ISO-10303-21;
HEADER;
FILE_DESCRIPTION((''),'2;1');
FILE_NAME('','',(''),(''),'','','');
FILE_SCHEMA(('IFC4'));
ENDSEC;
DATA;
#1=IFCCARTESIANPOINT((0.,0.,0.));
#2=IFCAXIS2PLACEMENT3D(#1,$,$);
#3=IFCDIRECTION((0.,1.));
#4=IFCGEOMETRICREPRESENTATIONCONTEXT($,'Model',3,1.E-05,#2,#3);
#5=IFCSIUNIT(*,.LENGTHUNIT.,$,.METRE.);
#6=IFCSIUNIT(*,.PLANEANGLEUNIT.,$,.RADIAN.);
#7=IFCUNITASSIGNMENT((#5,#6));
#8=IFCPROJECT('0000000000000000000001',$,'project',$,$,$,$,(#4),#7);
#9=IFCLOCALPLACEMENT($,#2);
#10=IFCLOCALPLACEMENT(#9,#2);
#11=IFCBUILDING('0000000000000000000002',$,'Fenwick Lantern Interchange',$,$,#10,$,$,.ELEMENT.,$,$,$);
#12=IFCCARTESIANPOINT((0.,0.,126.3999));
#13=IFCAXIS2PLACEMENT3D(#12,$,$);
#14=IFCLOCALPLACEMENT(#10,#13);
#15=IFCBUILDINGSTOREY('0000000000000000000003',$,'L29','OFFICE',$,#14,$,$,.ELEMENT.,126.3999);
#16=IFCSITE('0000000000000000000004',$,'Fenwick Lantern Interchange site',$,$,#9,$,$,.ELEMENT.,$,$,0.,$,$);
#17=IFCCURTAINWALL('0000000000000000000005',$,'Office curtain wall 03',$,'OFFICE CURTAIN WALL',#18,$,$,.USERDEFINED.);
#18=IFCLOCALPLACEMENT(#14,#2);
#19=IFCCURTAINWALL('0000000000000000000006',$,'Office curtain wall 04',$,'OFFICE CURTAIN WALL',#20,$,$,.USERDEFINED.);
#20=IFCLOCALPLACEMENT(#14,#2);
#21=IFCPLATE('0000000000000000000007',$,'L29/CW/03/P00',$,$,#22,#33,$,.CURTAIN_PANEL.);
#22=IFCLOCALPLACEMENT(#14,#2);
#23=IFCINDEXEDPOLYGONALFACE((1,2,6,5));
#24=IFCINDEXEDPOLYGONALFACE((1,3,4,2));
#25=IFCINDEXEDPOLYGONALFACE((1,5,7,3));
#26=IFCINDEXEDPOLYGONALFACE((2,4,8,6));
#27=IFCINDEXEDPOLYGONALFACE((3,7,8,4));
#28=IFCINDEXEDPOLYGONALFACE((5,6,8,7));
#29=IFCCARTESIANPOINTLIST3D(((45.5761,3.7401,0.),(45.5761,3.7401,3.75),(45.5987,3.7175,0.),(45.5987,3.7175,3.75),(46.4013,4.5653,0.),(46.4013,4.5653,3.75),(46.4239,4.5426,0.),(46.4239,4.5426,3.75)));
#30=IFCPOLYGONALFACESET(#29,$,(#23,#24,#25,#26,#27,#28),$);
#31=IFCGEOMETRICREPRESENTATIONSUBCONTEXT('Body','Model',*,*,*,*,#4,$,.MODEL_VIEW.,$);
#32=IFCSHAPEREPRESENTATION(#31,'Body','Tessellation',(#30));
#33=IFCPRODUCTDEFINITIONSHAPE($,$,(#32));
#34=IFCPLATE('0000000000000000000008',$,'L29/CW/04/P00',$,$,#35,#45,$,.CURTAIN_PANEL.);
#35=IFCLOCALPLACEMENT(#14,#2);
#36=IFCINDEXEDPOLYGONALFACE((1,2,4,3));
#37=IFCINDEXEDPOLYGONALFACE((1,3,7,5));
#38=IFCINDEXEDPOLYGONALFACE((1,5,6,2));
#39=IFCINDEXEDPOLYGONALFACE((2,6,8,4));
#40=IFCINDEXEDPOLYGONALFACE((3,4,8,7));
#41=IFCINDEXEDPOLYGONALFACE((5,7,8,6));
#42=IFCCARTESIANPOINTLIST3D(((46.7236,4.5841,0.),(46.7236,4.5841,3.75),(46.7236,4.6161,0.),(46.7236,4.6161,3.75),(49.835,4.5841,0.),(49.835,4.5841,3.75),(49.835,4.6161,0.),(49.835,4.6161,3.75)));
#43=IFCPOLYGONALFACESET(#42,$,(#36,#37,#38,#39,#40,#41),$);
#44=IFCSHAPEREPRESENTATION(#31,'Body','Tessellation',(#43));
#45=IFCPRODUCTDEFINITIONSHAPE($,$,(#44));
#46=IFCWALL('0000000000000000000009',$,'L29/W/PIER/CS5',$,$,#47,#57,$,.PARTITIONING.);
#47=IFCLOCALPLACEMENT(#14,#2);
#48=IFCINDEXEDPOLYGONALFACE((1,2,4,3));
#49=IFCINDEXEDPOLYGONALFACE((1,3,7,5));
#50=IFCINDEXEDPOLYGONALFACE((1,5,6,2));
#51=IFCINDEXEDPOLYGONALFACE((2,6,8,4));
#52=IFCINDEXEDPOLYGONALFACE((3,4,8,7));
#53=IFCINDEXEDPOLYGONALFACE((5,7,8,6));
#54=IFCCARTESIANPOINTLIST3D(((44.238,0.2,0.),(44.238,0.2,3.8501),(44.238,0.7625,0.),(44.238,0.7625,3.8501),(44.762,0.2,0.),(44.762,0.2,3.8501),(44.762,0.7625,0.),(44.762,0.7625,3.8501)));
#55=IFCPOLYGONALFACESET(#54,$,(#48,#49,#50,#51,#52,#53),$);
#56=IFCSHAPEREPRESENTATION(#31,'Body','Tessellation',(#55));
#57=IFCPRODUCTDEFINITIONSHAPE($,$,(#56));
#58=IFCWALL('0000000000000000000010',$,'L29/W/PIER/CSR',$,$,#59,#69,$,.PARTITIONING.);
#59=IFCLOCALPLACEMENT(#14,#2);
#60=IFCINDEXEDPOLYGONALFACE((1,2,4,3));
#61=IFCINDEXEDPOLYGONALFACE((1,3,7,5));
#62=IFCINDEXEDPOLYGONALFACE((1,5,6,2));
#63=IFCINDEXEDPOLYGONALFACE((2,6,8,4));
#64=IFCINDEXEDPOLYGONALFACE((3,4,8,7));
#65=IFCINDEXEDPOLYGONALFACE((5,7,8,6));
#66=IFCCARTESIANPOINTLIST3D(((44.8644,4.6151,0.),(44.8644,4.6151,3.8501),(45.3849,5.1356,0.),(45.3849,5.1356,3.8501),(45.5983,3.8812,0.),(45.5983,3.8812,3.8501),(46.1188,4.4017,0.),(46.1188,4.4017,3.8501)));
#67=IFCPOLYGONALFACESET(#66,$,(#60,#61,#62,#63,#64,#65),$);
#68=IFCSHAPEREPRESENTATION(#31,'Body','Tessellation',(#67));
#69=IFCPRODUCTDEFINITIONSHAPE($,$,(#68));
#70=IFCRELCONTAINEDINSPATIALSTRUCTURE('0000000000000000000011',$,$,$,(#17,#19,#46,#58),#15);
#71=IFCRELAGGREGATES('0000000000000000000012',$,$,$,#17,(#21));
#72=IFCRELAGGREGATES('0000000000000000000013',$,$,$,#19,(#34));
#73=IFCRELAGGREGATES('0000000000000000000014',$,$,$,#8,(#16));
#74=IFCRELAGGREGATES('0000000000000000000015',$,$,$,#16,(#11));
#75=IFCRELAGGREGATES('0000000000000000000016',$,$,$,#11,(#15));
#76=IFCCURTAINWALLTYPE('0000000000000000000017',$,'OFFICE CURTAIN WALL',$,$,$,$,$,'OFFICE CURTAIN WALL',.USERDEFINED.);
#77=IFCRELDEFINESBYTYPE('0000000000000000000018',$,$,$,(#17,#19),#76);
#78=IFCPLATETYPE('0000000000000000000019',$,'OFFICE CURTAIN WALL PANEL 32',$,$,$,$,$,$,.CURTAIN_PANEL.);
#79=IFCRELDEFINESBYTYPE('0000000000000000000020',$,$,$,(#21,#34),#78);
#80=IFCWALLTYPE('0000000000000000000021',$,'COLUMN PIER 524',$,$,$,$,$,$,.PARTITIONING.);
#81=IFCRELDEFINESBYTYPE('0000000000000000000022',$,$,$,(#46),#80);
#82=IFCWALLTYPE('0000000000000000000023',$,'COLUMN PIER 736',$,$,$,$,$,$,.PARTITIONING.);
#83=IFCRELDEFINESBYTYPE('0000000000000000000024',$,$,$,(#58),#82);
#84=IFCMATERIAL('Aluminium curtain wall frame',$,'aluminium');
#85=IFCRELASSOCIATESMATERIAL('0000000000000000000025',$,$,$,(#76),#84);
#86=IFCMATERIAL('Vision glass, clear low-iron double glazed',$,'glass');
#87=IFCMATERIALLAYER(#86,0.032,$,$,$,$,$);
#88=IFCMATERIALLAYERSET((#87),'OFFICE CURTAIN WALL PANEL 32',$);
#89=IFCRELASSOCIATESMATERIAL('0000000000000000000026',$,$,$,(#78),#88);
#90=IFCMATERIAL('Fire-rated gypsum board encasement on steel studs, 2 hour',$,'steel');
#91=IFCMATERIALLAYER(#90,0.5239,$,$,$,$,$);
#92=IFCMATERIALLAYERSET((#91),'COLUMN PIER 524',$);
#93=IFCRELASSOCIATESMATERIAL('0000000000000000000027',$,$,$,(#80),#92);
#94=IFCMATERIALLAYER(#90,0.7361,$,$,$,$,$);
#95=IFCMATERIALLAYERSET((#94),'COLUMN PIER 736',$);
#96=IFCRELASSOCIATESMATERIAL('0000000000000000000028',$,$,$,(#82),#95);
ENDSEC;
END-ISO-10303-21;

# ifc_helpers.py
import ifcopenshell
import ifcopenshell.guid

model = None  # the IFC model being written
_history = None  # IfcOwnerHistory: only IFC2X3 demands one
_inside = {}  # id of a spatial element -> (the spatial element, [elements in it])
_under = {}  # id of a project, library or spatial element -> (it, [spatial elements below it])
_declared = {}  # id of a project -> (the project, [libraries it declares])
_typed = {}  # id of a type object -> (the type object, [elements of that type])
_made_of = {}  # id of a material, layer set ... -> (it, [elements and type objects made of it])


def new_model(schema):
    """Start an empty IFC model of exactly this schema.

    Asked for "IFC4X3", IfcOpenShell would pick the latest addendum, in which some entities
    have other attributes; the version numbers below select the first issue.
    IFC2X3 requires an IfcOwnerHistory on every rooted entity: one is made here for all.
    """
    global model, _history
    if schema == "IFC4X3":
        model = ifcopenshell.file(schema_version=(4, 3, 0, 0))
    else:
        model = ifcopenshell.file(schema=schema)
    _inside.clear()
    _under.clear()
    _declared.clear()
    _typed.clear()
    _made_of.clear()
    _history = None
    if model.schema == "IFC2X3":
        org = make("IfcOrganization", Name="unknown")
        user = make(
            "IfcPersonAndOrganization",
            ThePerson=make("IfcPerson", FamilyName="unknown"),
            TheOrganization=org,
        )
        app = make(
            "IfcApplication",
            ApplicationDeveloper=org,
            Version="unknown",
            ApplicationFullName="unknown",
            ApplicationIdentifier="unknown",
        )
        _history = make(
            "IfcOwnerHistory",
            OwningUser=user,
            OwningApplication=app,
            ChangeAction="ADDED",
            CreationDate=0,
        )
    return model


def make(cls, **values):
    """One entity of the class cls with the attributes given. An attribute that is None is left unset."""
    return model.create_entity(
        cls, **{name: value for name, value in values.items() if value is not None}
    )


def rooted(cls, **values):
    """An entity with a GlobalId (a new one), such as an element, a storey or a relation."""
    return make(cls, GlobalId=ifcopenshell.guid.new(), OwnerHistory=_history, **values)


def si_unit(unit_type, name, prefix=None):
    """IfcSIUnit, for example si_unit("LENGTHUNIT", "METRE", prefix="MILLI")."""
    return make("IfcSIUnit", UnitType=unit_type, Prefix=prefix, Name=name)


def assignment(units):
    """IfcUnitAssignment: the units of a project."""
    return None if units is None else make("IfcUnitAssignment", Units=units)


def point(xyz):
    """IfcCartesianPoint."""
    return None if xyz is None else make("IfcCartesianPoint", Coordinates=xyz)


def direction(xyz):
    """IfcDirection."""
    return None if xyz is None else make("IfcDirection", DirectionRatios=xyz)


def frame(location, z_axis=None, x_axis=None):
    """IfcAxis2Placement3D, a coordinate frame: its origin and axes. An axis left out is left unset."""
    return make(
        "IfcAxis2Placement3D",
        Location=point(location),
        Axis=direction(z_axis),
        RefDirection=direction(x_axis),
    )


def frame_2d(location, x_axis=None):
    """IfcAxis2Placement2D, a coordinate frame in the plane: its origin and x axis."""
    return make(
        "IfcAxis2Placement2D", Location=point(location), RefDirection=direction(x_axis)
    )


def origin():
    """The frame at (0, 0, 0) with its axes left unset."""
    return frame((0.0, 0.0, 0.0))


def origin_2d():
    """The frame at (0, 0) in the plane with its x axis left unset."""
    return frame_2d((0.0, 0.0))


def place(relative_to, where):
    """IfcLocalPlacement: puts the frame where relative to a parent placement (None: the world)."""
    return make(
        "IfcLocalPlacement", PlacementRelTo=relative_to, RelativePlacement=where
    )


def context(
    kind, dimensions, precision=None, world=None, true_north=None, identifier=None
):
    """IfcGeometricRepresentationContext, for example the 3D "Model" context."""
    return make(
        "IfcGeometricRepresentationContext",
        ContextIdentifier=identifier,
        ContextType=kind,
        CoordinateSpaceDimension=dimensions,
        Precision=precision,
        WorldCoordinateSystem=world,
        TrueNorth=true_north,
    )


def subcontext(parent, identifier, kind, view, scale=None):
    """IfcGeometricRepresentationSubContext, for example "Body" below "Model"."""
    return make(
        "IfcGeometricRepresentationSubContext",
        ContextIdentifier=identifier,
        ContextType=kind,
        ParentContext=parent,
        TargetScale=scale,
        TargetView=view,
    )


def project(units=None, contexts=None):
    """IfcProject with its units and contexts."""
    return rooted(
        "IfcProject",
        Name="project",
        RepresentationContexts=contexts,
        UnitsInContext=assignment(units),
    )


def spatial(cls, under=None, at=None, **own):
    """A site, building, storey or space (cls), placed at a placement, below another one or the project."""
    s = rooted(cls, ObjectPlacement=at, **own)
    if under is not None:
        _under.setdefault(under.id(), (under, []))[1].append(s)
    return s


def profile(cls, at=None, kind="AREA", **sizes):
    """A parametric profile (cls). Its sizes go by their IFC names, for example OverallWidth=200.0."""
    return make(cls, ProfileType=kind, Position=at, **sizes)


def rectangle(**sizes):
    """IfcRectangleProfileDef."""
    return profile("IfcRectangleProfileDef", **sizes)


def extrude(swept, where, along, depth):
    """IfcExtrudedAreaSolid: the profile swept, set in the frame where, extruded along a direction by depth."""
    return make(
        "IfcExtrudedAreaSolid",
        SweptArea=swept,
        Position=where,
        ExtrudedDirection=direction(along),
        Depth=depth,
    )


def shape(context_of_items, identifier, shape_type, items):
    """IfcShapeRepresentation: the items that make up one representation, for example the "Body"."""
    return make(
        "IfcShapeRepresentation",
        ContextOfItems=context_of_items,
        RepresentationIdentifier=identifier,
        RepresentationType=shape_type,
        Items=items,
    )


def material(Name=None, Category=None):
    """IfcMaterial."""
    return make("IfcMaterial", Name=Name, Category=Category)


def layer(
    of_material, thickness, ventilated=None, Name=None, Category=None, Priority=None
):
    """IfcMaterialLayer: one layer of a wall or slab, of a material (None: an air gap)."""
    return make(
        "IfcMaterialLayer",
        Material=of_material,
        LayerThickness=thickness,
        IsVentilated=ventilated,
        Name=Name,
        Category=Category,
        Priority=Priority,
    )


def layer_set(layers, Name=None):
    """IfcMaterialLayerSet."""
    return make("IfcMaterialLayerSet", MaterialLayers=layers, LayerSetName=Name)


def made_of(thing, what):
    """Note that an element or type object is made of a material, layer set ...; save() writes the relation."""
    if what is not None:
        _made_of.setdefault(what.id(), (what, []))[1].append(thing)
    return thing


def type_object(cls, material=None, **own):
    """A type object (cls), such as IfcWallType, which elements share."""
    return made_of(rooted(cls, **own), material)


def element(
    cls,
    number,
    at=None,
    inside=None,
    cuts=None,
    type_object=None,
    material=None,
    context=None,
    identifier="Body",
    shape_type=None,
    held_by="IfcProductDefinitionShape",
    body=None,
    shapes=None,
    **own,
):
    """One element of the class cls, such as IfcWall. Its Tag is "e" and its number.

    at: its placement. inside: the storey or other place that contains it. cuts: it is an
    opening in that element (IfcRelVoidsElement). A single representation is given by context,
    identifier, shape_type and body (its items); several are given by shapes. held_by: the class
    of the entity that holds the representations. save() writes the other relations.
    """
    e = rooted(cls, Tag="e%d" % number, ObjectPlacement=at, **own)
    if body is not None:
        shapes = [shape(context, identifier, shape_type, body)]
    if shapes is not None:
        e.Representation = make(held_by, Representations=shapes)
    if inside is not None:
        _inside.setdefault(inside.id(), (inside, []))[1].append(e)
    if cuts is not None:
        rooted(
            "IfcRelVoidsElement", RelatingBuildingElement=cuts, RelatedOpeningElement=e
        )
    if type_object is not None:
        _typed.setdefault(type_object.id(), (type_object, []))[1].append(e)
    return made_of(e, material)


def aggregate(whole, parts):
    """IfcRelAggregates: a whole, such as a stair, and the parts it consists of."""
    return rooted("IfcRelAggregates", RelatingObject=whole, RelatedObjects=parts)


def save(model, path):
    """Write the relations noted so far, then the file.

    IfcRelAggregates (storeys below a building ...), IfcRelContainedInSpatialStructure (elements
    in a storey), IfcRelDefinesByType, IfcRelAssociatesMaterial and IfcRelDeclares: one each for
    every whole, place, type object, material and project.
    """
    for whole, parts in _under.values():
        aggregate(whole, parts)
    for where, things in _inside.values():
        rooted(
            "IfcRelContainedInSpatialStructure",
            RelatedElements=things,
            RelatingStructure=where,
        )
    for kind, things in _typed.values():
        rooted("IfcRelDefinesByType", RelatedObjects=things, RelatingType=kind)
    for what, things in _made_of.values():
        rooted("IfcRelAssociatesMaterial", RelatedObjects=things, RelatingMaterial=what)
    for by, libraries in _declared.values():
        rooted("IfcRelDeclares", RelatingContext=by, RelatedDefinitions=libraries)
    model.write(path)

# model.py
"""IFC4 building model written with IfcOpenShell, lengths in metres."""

from ifc_helpers import new_model, si_unit, direction, frame, frame_2d, origin, origin_2d, place, context, subcontext, project, spatial, rectangle, extrude, material, layer, layer_set, type_object, element, aggregate, save


model = new_model("IFC4")

# Units and contexts
model_context = context("Model", 3, precision=1e-05, world=origin(), true_north=direction((0.0, 1.0)))
body_context = subcontext(model_context, "Body", "Model", "MODEL_VIEW")
ifc_project = project(units=[si_unit("LENGTHUNIT", "METRE"), si_unit("PLANEANGLEUNIT", "RADIAN")], contexts=[model_context])

# Site, building, storey
site_placement = place(None, origin())
site = spatial("IfcSite", under=ifc_project, at=site_placement, Name="Fenwick Lantern Interchange site", CompositionType="ELEMENT", RefElevation=0.0)
building_placement = place(site_placement, origin())
building = spatial("IfcBuilding", under=site, at=building_placement, Name="Fenwick Lantern Interchange", CompositionType="ELEMENT")
storey_placement = place(building_placement, frame((0.0, 0.0, 126.3999)))
storey = spatial("IfcBuildingStorey", under=building, at=storey_placement, Name="L29", Description="OFFICE", CompositionType="ELEMENT", Elevation=126.3999)

# Shared definitions
ifc_material_1 = material(Name="Aluminium curtain wall frame", Category="aluminium")
curtain_wall_type = type_object("IfcCurtainWallType", Name="OFFICE CURTAIN WALL", ElementType="OFFICE CURTAIN WALL", PredefinedType="USERDEFINED", material=ifc_material_1)

# Curtain walls
curtain_wall_1_placement = place(storey_placement, origin())
curtain_wall_1 = element("IfcCurtainWall", 1, at=curtain_wall_1_placement, inside=storey, type_object=curtain_wall_type, Name="Office curtain wall 03", ObjectType="OFFICE CURTAIN WALL", PredefinedType="USERDEFINED")
curtain_wall_2_placement = place(storey_placement, origin())
curtain_wall_2 = element("IfcCurtainWall", 2, at=curtain_wall_2_placement, inside=storey, type_object=curtain_wall_type, Name="Office curtain wall 04", ObjectType="OFFICE CURTAIN WALL", PredefinedType="USERDEFINED")

# Plates
ifc_material_2 = material(Name="Vision glass, clear low-iron double glazed", Category="glass")
ifc_layer_1 = layer(ifc_material_2, 0.032)
ifc_layer_set_1 = layer_set([ifc_layer_1], Name="OFFICE CURTAIN WALL PANEL 32")
plate_type = type_object("IfcPlateType", Name="OFFICE CURTAIN WALL PANEL 32", PredefinedType="CURTAIN_PANEL", material=ifc_layer_set_1)
plate_1_placement = place(storey_placement, frame((46.0, 4.1414, 0.0), z_axis=(0.0, 0.0, 1.0), x_axis=(0.707107, 0.707107, 0.0)))
plate_1 = element("IfcPlate", 3, at=plate_1_placement, type_object=plate_type, Name="L29/CW/03/P00", PredefinedType="CURTAIN_PANEL", context=body_context, shape_type="SweptSolid", body=[
    extrude(rectangle(XDim=1.167, YDim=0.032, at=origin_2d()), origin(), (0.0, 0.0, 1.0), 3.75),
])
aggregate(curtain_wall_1, [plate_1])
plate_2_placement = place(storey_placement, frame((48.2793, 4.6001, 0.0), z_axis=(0.0, 0.0, 1.0), x_axis=(1.0, 0.0, 0.0)))
plate_2 = element("IfcPlate", 4, at=plate_2_placement, type_object=plate_type, Name="L29/CW/04/P00", PredefinedType="CURTAIN_PANEL", context=body_context, shape_type="SweptSolid", body=[
    extrude(rectangle(XDim=3.1113, YDim=0.032, at=origin_2d()), origin(), (0.0, 0.0, 1.0), 3.75),
])
aggregate(curtain_wall_2, [plate_2])

# Walls
ifc_material_3 = material(Name="Fire-rated gypsum board encasement on steel studs, 2 hour", Category="steel")
ifc_layer_2 = layer(ifc_material_3, 0.5239)
ifc_layer_set_2 = layer_set([ifc_layer_2], Name="COLUMN PIER 524")
wall_type_1 = type_object("IfcWallType", Name="COLUMN PIER 524", PredefinedType="PARTITIONING", material=ifc_layer_set_2)
wall_1_placement = place(storey_placement, frame((44.5, 0.2, 0.0), z_axis=(0.0, 0.0, 1.0), x_axis=(0.0, 1.0, 0.0)))
element("IfcWall", 5, at=wall_1_placement, inside=storey, type_object=wall_type_1, Name="L29/W/PIER/CS5", PredefinedType="PARTITIONING", context=body_context, shape_type="SweptSolid", body=[
    extrude(rectangle(XDim=0.5625, YDim=0.5239, at=frame_2d((0.2812, 0.0))), origin(), (0.0, 0.0, 1.0), 3.8501),
])
ifc_layer_3 = layer(ifc_material_3, 0.7361)
ifc_layer_set_3 = layer_set([ifc_layer_3], Name="COLUMN PIER 736")
wall_type_2 = type_object("IfcWallType", Name="COLUMN PIER 736", PredefinedType="PARTITIONING", material=ifc_layer_set_3)
wall_2_placement = place(storey_placement, frame((45.8586, 4.1414, 0.0), z_axis=(0.0, 0.0, 1.0), x_axis=(-0.707107, 0.707107, 0.0)))
element("IfcWall", 6, at=wall_2_placement, inside=storey, type_object=wall_type_2, Name="L29/W/PIER/CSR", PredefinedType="PARTITIONING", context=body_context, shape_type="SweptSolid", body=[
    extrude(rectangle(XDim=1.0378, YDim=0.7361, at=frame_2d((0.519, 0.0))), origin(), (0.0, 0.0, 1.0), 3.8501),
])

save(model, "model.ifc")
